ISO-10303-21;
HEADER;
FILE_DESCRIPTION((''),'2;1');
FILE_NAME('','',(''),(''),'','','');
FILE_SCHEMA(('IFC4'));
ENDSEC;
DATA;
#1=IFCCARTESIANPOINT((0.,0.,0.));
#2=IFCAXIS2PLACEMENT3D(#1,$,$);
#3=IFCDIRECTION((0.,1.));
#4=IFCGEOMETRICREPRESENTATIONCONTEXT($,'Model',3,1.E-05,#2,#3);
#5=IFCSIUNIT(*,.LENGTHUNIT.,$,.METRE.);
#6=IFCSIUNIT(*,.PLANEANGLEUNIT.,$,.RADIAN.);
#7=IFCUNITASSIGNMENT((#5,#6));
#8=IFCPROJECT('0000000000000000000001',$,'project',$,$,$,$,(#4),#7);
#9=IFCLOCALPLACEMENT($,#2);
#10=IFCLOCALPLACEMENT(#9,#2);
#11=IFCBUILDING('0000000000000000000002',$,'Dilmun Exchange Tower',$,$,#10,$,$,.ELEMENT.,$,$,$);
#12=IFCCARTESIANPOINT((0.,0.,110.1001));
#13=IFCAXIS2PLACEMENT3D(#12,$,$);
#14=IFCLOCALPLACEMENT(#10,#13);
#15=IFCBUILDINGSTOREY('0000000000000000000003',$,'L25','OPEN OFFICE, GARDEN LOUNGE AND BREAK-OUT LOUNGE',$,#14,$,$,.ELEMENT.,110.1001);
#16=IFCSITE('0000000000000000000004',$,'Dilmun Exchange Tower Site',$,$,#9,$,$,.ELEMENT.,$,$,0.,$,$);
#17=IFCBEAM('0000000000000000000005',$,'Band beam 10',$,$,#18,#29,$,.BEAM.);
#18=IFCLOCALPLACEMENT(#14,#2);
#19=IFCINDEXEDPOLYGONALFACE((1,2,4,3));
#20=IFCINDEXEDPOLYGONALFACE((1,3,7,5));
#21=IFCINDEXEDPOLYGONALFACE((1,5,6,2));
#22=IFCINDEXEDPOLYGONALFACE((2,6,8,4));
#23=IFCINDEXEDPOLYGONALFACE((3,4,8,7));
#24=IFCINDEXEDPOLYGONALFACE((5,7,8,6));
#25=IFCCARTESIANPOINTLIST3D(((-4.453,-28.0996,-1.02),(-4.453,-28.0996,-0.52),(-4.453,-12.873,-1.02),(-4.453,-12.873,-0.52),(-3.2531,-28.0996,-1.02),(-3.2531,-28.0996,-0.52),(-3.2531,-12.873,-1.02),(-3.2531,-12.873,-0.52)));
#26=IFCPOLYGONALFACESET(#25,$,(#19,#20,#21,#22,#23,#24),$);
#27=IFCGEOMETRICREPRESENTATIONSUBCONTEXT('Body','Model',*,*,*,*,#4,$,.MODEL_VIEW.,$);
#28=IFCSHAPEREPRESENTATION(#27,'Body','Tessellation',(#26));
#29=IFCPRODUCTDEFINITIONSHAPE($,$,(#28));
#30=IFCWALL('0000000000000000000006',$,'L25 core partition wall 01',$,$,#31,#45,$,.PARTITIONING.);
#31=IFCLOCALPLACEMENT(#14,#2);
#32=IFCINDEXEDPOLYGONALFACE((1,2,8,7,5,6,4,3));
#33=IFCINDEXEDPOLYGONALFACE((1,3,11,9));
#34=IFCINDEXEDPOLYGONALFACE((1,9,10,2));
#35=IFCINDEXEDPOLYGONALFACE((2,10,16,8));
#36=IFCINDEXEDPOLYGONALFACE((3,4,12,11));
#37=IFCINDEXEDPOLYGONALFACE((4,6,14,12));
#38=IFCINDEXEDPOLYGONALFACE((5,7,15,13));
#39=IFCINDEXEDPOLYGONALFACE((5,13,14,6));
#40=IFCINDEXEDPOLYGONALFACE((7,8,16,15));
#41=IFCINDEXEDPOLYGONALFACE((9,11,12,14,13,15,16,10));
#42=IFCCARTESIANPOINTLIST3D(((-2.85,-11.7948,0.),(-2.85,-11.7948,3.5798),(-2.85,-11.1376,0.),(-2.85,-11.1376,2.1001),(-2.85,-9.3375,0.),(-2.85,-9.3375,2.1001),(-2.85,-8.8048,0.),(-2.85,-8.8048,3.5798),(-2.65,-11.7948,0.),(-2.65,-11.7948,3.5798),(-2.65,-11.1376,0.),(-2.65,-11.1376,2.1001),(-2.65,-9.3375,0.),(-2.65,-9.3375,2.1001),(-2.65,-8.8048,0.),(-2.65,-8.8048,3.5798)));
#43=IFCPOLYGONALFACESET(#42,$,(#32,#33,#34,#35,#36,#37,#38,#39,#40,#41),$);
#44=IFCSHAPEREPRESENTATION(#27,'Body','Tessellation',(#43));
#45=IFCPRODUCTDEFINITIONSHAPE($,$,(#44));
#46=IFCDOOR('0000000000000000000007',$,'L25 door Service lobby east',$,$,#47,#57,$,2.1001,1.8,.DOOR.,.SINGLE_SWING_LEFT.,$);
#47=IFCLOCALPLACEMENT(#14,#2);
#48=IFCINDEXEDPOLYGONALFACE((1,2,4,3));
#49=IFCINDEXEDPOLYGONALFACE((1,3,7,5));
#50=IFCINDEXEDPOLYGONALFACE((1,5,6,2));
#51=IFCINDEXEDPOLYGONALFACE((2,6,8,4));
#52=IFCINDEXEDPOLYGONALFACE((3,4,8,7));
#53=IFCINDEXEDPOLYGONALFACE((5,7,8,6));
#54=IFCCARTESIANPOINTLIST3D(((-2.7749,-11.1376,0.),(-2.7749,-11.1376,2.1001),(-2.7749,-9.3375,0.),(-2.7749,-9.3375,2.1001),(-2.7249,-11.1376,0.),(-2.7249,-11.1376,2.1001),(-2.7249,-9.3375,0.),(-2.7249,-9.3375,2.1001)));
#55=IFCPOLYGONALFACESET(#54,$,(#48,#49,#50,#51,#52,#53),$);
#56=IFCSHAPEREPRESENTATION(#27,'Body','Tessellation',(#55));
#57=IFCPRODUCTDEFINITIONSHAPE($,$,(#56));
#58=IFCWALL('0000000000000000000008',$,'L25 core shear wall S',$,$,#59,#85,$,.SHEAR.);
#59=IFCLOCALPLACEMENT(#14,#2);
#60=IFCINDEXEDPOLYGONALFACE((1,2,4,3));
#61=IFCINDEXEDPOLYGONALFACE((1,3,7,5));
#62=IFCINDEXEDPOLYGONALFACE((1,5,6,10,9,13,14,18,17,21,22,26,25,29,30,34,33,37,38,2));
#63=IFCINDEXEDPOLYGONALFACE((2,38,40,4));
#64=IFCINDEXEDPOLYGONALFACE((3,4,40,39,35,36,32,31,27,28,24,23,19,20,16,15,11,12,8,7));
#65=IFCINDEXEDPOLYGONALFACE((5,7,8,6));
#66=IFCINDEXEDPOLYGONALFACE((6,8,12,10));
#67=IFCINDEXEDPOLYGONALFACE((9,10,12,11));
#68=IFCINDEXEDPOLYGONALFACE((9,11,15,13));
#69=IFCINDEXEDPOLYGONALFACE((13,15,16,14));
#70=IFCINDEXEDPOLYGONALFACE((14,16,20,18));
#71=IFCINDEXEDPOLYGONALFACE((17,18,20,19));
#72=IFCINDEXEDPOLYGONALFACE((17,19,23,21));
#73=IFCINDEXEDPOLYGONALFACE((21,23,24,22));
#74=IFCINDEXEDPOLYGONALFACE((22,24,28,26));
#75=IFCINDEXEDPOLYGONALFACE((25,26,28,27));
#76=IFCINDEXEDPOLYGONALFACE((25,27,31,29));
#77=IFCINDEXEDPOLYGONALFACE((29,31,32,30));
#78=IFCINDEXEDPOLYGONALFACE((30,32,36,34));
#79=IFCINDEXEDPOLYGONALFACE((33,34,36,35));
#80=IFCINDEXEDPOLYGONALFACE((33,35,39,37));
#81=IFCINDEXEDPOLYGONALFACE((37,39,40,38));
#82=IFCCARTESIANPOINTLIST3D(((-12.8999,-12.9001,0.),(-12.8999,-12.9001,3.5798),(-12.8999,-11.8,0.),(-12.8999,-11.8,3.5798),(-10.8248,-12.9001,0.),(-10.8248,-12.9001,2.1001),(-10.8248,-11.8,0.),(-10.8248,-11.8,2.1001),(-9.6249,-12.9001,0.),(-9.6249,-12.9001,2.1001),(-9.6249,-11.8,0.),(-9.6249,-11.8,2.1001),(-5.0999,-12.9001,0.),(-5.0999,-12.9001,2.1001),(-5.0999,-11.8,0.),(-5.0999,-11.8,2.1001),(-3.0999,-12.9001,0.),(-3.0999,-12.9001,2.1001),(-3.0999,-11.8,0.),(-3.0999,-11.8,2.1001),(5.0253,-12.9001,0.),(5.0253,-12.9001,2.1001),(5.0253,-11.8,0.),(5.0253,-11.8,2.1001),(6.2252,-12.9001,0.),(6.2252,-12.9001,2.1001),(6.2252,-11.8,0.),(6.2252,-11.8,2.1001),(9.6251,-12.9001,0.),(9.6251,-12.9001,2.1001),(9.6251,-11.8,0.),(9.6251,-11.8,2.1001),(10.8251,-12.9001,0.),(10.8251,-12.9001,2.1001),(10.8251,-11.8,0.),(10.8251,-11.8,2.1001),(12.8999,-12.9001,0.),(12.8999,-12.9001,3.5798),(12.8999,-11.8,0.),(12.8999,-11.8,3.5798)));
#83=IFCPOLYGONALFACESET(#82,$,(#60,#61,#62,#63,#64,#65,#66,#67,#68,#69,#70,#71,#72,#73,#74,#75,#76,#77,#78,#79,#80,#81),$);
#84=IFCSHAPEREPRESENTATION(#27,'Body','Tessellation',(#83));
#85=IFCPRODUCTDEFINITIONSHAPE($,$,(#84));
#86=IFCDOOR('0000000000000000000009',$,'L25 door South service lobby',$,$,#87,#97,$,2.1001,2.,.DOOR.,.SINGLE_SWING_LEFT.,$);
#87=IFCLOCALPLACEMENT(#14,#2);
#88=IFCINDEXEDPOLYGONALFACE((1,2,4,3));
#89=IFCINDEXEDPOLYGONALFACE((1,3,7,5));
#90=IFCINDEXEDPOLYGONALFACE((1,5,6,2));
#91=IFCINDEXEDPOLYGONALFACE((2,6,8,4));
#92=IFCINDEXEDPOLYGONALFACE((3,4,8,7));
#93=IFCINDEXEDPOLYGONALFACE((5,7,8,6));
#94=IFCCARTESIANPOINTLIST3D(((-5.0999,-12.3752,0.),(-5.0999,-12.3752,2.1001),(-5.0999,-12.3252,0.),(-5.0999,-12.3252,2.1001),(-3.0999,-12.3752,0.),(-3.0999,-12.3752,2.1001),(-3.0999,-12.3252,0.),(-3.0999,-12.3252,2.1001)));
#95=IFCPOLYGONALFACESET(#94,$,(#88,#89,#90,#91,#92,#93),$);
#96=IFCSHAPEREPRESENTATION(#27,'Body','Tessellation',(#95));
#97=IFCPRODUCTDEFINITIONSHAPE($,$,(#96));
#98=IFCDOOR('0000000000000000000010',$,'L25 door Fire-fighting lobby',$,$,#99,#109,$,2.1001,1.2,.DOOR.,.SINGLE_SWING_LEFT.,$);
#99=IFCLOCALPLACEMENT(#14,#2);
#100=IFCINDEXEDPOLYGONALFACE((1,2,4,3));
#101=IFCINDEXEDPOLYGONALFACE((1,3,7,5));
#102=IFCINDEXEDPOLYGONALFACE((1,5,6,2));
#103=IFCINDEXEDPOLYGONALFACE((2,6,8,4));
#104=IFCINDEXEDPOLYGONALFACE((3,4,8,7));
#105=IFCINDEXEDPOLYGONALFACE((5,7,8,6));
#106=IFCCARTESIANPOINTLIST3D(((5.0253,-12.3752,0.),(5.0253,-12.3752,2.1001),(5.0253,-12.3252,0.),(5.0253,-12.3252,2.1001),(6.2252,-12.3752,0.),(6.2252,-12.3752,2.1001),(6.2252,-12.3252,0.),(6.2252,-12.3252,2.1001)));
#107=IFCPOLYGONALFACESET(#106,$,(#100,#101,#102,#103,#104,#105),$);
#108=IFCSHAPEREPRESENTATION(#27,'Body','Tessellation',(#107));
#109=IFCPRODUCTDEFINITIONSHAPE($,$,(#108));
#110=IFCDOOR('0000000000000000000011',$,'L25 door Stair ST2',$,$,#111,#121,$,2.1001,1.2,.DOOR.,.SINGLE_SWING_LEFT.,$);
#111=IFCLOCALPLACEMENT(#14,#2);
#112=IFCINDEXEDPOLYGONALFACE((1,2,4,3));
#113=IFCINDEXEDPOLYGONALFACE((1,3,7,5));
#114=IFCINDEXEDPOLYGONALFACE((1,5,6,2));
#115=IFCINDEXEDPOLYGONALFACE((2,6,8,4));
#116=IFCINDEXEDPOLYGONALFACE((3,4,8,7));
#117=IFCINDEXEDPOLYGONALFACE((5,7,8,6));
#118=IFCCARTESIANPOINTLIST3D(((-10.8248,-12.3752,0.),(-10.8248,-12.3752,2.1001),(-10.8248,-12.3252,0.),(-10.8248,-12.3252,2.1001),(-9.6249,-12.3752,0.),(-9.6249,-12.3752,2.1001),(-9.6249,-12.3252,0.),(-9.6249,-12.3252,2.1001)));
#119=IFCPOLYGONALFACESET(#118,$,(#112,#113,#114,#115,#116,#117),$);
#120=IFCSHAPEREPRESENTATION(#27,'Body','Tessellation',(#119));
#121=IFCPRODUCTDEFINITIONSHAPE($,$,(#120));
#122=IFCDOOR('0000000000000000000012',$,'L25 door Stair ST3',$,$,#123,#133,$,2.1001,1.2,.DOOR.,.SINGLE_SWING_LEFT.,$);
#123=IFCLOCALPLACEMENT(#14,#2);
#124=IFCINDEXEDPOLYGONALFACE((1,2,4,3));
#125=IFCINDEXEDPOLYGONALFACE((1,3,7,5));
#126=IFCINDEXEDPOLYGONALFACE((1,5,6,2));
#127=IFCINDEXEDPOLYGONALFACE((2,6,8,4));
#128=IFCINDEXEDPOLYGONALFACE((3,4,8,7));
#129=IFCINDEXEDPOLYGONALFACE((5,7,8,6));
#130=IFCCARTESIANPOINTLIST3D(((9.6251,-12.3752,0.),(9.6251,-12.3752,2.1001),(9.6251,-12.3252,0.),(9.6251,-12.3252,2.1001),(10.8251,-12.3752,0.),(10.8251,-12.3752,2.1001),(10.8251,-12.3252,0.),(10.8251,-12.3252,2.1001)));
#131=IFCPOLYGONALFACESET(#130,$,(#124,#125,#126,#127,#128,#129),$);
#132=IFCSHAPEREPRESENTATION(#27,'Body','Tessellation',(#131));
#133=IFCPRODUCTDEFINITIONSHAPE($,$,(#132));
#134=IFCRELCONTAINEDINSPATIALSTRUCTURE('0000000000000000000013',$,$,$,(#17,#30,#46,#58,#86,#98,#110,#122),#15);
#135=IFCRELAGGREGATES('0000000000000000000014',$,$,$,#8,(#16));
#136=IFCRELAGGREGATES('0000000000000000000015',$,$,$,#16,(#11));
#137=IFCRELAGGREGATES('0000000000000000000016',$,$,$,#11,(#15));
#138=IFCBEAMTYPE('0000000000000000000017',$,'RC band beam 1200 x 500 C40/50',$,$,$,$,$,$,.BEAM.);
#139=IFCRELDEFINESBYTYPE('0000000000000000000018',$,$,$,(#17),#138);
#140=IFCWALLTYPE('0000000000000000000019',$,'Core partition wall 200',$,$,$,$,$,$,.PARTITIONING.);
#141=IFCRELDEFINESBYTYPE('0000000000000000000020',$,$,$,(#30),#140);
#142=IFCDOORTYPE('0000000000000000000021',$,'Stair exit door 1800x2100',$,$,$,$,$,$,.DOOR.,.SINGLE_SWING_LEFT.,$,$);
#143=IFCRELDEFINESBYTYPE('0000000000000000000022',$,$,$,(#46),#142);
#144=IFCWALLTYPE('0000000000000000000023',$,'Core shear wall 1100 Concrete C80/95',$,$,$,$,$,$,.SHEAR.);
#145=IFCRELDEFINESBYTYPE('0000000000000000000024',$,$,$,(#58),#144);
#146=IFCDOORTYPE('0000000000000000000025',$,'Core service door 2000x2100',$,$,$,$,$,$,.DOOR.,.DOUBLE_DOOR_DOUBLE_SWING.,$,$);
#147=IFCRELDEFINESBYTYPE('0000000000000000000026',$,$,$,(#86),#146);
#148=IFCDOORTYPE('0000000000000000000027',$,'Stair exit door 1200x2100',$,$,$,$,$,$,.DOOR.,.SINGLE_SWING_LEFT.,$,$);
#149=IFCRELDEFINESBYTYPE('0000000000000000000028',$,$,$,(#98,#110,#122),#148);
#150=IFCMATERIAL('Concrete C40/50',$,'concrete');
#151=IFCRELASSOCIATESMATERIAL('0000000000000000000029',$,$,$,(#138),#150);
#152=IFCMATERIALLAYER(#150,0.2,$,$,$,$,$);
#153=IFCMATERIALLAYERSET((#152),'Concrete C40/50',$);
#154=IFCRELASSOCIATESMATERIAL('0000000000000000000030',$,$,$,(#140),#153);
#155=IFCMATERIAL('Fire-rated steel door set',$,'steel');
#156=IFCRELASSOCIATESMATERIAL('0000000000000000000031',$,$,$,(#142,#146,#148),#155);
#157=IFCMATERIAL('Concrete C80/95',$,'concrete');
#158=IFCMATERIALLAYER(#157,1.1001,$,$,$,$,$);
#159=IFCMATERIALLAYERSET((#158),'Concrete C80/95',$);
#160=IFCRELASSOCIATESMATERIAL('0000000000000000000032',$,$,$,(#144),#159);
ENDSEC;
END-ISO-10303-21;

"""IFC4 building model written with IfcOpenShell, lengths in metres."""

from ifc_helpers import new_model, si_unit, direction, frame, frame_2d, origin, origin_2d, place, context, subcontext, project, spatial, rectangle, extrude, material, layer, layer_set, material_profile, profile_set, type_object, element, fill, save


model = new_model("IFC4")

# Units and contexts
model_context = context("Model", 3, precision=1e-05, world=origin(), true_north=direction((0.0, 1.0)))
body_context = subcontext(model_context, "Body", "Model", "MODEL_VIEW")
ifc_project = project(units=[si_unit("LENGTHUNIT", "METRE"), si_unit("PLANEANGLEUNIT", "RADIAN")], contexts=[model_context])

# Site, building, storey
site_placement = place(None, origin())
site = spatial("IfcSite", under=ifc_project, at=site_placement, Name="Dilmun Exchange Tower Site", CompositionType="ELEMENT", RefElevation=0.0)
building_placement = place(site_placement, origin())
building = spatial("IfcBuilding", under=site, at=building_placement, Name="Dilmun Exchange Tower", CompositionType="ELEMENT")
storey_placement = place(building_placement, frame((0.0, 0.0, 110.1001)))
storey = spatial("IfcBuildingStorey", under=building, at=storey_placement, Name="L25", Description="OPEN OFFICE, GARDEN LOUNGE AND BREAK-OUT LOUNGE", CompositionType="ELEMENT", Elevation=110.1001)

# Beam
ifc_material_1 = material(Name="Concrete C40/50", Category="concrete")
ifc_material_profile = material_profile(ifc_material_1, rectangle(XDim=1.2, YDim=0.5, at=origin_2d()), Name="1200 x 500")
ifc_profile_set = profile_set([ifc_material_profile], Name="Concrete C40/50")
beam_type = type_object("IfcBeamType", Name="RC band beam 1200 x 500 C40/50", PredefinedType="BEAM", material=ifc_profile_set)
beam_placement = place(storey_placement, frame((-3.853, -28.0996, -0.77), z_axis=(0.0, 1.0, 0.0), x_axis=(-1.0, 0.0, 0.0)))
element("IfcBeam", 1, at=beam_placement, inside=storey, type_object=beam_type, Name="Band beam 10", PredefinedType="BEAM", context=body_context, shape_type="SweptSolid", body=[
    extrude(rectangle(XDim=1.2, YDim=0.5, at=origin_2d()), origin(), (0.0, 0.0, 1.0), 15.2266),
])

# Wall, opening, door
ifc_layer_1 = layer(ifc_material_1, 0.2)
ifc_layer_set_1 = layer_set([ifc_layer_1], Name="Concrete C40/50")
wall_type_1 = type_object("IfcWallType", Name="Core partition wall 200", PredefinedType="PARTITIONING", material=ifc_layer_set_1)
wall_1_placement = place(storey_placement, frame((-2.75, -11.7949, 0.0), z_axis=(0.0, 0.0, 1.0), x_axis=(0.0, 1.0, 0.0)))
wall_1 = element("IfcWall", 2, at=wall_1_placement, inside=storey, type_object=wall_type_1, Name="L25 core partition wall 01", PredefinedType="PARTITIONING", context=body_context, shape_type="SweptSolid", body=[
    extrude(rectangle(XDim=2.99, YDim=0.2, at=frame_2d((1.4951, 0.0))), origin(), (0.0, 0.0, 1.0), 3.5798),
])
opening_1_placement = place(wall_1_placement, frame((0.6575, 0.0, 0.0)))
opening_1 = element("IfcOpeningElement", 3, at=opening_1_placement, cuts=wall_1, PredefinedType="OPENING", context=body_context, shape_type="SweptSolid", body=[
    extrude(rectangle(XDim=1.8, YDim=2.1001, at=frame_2d((0.8999, 1.05))), frame((0.0, 0.1099, 0.0), z_axis=(0.0, -1.0, 0.0), x_axis=(1.0, 0.0, 0.0)), (0.0, 0.0, 1.0), 0.22),
])
ifc_material_2 = material(Name="Fire-rated steel door set", Category="steel")
door_type_1 = type_object("IfcDoorType", Name="Stair exit door 1800x2100", OperationType="SINGLE_SWING_LEFT", PredefinedType="DOOR", material=ifc_material_2)
door_1_placement = place(opening_1_placement, origin())
door_1 = element("IfcDoor", 4, at=door_1_placement, inside=storey, type_object=door_type_1, Name="L25 door Service lobby east", OperationType="SINGLE_SWING_LEFT", OverallHeight=2.1001, OverallWidth=1.8, PredefinedType="DOOR", context=body_context, shape_type="SweptSolid", body=[
    extrude(rectangle(XDim=1.8, YDim=2.1001, at=frame_2d((0.8999, 1.05))), frame((0.0, 0.0249, 0.0), z_axis=(0.0, -1.0, 0.0), x_axis=(1.0, 0.0, 0.0)), (0.0, 0.0, 1.0), 0.05),
])
fill(opening_1, door_1)

# Wall, openings, doors
ifc_material_3 = material(Name="Concrete C80/95", Category="concrete")
ifc_layer_2 = layer(ifc_material_3, 1.1001)
ifc_layer_set_2 = layer_set([ifc_layer_2], Name="Concrete C80/95")
wall_type_2 = type_object("IfcWallType", Name="Core shear wall 1100 Concrete C80/95", PredefinedType="SHEAR", material=ifc_layer_set_2)
wall_2_placement = place(storey_placement, frame((-12.8999, -12.3501, 0.0), z_axis=(0.0, 0.0, 1.0), x_axis=(1.0, 0.0, 0.0)))
wall_2 = element("IfcWall", 5, at=wall_2_placement, inside=storey, type_object=wall_type_2, Name="L25 core shear wall S", PredefinedType="SHEAR", context=body_context, shape_type="SweptSolid", body=[
    extrude(rectangle(XDim=25.7998, YDim=1.1001, at=frame_2d((12.8999, 0.0))), origin(), (0.0, 0.0, 1.0), 3.5798),
])
opening_2_placement = place(wall_2_placement, frame((7.8, 0.0, 0.0)))
opening_2 = element("IfcOpeningElement", 6, at=opening_2_placement, cuts=wall_2, PredefinedType="OPENING", context=body_context, shape_type="SweptSolid", body=[
    extrude(rectangle(XDim=2.0, YDim=2.1001, at=frame_2d((1.0, 1.05))), frame((0.0, 0.5601, 0.0), z_axis=(0.0, -1.0, 0.0), x_axis=(1.0, 0.0, 0.0)), (0.0, 0.0, 1.0), 1.1201),
])
opening_3_placement = place(wall_2_placement, frame((17.925, 0.0, 0.0)))
opening_3 = element("IfcOpeningElement", 7, at=opening_3_placement, cuts=wall_2, PredefinedType="OPENING", context=body_context, shape_type="SweptSolid", body=[
    extrude(rectangle(XDim=1.2, YDim=2.1001, at=frame_2d((0.6001, 1.05))), frame((0.0, 0.5601, 0.0), z_axis=(0.0, -1.0, 0.0), x_axis=(1.0, 0.0, 0.0)), (0.0, 0.0, 1.0), 1.1201),
])
opening_4_placement = place(wall_2_placement, frame((2.075, 0.0, 0.0)))
opening_4 = element("IfcOpeningElement", 8, at=opening_4_placement, cuts=wall_2, PredefinedType="OPENING", context=body_context, shape_type="SweptSolid", body=[
    extrude(rectangle(XDim=1.2, YDim=2.1001, at=frame_2d((0.6001, 1.05))), frame((0.0, 0.5601, 0.0), z_axis=(0.0, -1.0, 0.0), x_axis=(1.0, 0.0, 0.0)), (0.0, 0.0, 1.0), 1.1201),
])
opening_5_placement = place(wall_2_placement, frame((22.5249, 0.0, 0.0)))
opening_5 = element("IfcOpeningElement", 9, at=opening_5_placement, cuts=wall_2, PredefinedType="OPENING", context=body_context, shape_type="SweptSolid", body=[
    extrude(rectangle(XDim=1.2, YDim=2.1001, at=frame_2d((0.6001, 1.05))), frame((0.0, 0.5601, 0.0), z_axis=(0.0, -1.0, 0.0), x_axis=(1.0, 0.0, 0.0)), (0.0, 0.0, 1.0), 1.1201),
])
door_type_2 = type_object("IfcDoorType", Name="Core service door 2000x2100", OperationType="DOUBLE_DOOR_DOUBLE_SWING", PredefinedType="DOOR", material=ifc_material_2)
door_2_placement = place(opening_2_placement, origin())
door_2 = element("IfcDoor", 10, at=door_2_placement, inside=storey, type_object=door_type_2, Name="L25 door South service lobby", OperationType="SINGLE_SWING_LEFT", OverallHeight=2.1001, OverallWidth=2.0, PredefinedType="DOOR", context=body_context, shape_type="SweptSolid", body=[
    extrude(rectangle(XDim=2.0, YDim=2.1001, at=frame_2d((1.0, 1.05))), frame((0.0, 0.0249, 0.0), z_axis=(0.0, -1.0, 0.0), x_axis=(1.0, 0.0, 0.0)), (0.0, 0.0, 1.0), 0.05),
])
fill(opening_2, door_2)
door_type_3 = type_object("IfcDoorType", Name="Stair exit door 1200x2100", OperationType="SINGLE_SWING_LEFT", PredefinedType="DOOR", material=ifc_material_2)
door_3_placement = place(opening_3_placement, origin())
door_3 = element("IfcDoor", 11, at=door_3_placement, inside=storey, type_object=door_type_3, Name="L25 door Fire-fighting lobby", OperationType="SINGLE_SWING_LEFT", OverallHeight=2.1001, OverallWidth=1.2, PredefinedType="DOOR", context=body_context, shape_type="SweptSolid", body=[
    extrude(rectangle(XDim=1.2, YDim=2.1001, at=frame_2d((0.6001, 1.05))), frame((0.0, 0.0249, 0.0), z_axis=(0.0, -1.0, 0.0), x_axis=(1.0, 0.0, 0.0)), (0.0, 0.0, 1.0), 0.05),
])
fill(opening_3, door_3)
door_4_placement = place(opening_4_placement, origin())
door_4 = element("IfcDoor", 12, at=door_4_placement, inside=storey, type_object=door_type_3, Name="L25 door Stair ST2", OperationType="SINGLE_SWING_LEFT", OverallHeight=2.1001, OverallWidth=1.2, PredefinedType="DOOR", context=body_context, shape_type="SweptSolid", body=[
    extrude(rectangle(XDim=1.2, YDim=2.1001, at=frame_2d((0.6001, 1.05))), frame((0.0, 0.0249, 0.0), z_axis=(0.0, -1.0, 0.0), x_axis=(1.0, 0.0, 0.0)), (0.0, 0.0, 1.0), 0.05),
])
fill(opening_4, door_4)
door_5_placement = place(opening_5_placement, origin())
door_5 = element("IfcDoor", 13, at=door_5_placement, inside=storey, type_object=door_type_3, Name="L25 door Stair ST3", OperationType="SINGLE_SWING_LEFT", OverallHeight=2.1001, OverallWidth=1.2, PredefinedType="DOOR", context=body_context, shape_type="SweptSolid", body=[
    extrude(rectangle(XDim=1.2, YDim=2.1001, at=frame_2d((0.6001, 1.05))), frame((0.0, 0.0249, 0.0), z_axis=(0.0, -1.0, 0.0), x_axis=(1.0, 0.0, 0.0)), (0.0, 0.0, 1.0), 0.05),
])
fill(opening_5, door_5)

save(model, "model.ifc")
